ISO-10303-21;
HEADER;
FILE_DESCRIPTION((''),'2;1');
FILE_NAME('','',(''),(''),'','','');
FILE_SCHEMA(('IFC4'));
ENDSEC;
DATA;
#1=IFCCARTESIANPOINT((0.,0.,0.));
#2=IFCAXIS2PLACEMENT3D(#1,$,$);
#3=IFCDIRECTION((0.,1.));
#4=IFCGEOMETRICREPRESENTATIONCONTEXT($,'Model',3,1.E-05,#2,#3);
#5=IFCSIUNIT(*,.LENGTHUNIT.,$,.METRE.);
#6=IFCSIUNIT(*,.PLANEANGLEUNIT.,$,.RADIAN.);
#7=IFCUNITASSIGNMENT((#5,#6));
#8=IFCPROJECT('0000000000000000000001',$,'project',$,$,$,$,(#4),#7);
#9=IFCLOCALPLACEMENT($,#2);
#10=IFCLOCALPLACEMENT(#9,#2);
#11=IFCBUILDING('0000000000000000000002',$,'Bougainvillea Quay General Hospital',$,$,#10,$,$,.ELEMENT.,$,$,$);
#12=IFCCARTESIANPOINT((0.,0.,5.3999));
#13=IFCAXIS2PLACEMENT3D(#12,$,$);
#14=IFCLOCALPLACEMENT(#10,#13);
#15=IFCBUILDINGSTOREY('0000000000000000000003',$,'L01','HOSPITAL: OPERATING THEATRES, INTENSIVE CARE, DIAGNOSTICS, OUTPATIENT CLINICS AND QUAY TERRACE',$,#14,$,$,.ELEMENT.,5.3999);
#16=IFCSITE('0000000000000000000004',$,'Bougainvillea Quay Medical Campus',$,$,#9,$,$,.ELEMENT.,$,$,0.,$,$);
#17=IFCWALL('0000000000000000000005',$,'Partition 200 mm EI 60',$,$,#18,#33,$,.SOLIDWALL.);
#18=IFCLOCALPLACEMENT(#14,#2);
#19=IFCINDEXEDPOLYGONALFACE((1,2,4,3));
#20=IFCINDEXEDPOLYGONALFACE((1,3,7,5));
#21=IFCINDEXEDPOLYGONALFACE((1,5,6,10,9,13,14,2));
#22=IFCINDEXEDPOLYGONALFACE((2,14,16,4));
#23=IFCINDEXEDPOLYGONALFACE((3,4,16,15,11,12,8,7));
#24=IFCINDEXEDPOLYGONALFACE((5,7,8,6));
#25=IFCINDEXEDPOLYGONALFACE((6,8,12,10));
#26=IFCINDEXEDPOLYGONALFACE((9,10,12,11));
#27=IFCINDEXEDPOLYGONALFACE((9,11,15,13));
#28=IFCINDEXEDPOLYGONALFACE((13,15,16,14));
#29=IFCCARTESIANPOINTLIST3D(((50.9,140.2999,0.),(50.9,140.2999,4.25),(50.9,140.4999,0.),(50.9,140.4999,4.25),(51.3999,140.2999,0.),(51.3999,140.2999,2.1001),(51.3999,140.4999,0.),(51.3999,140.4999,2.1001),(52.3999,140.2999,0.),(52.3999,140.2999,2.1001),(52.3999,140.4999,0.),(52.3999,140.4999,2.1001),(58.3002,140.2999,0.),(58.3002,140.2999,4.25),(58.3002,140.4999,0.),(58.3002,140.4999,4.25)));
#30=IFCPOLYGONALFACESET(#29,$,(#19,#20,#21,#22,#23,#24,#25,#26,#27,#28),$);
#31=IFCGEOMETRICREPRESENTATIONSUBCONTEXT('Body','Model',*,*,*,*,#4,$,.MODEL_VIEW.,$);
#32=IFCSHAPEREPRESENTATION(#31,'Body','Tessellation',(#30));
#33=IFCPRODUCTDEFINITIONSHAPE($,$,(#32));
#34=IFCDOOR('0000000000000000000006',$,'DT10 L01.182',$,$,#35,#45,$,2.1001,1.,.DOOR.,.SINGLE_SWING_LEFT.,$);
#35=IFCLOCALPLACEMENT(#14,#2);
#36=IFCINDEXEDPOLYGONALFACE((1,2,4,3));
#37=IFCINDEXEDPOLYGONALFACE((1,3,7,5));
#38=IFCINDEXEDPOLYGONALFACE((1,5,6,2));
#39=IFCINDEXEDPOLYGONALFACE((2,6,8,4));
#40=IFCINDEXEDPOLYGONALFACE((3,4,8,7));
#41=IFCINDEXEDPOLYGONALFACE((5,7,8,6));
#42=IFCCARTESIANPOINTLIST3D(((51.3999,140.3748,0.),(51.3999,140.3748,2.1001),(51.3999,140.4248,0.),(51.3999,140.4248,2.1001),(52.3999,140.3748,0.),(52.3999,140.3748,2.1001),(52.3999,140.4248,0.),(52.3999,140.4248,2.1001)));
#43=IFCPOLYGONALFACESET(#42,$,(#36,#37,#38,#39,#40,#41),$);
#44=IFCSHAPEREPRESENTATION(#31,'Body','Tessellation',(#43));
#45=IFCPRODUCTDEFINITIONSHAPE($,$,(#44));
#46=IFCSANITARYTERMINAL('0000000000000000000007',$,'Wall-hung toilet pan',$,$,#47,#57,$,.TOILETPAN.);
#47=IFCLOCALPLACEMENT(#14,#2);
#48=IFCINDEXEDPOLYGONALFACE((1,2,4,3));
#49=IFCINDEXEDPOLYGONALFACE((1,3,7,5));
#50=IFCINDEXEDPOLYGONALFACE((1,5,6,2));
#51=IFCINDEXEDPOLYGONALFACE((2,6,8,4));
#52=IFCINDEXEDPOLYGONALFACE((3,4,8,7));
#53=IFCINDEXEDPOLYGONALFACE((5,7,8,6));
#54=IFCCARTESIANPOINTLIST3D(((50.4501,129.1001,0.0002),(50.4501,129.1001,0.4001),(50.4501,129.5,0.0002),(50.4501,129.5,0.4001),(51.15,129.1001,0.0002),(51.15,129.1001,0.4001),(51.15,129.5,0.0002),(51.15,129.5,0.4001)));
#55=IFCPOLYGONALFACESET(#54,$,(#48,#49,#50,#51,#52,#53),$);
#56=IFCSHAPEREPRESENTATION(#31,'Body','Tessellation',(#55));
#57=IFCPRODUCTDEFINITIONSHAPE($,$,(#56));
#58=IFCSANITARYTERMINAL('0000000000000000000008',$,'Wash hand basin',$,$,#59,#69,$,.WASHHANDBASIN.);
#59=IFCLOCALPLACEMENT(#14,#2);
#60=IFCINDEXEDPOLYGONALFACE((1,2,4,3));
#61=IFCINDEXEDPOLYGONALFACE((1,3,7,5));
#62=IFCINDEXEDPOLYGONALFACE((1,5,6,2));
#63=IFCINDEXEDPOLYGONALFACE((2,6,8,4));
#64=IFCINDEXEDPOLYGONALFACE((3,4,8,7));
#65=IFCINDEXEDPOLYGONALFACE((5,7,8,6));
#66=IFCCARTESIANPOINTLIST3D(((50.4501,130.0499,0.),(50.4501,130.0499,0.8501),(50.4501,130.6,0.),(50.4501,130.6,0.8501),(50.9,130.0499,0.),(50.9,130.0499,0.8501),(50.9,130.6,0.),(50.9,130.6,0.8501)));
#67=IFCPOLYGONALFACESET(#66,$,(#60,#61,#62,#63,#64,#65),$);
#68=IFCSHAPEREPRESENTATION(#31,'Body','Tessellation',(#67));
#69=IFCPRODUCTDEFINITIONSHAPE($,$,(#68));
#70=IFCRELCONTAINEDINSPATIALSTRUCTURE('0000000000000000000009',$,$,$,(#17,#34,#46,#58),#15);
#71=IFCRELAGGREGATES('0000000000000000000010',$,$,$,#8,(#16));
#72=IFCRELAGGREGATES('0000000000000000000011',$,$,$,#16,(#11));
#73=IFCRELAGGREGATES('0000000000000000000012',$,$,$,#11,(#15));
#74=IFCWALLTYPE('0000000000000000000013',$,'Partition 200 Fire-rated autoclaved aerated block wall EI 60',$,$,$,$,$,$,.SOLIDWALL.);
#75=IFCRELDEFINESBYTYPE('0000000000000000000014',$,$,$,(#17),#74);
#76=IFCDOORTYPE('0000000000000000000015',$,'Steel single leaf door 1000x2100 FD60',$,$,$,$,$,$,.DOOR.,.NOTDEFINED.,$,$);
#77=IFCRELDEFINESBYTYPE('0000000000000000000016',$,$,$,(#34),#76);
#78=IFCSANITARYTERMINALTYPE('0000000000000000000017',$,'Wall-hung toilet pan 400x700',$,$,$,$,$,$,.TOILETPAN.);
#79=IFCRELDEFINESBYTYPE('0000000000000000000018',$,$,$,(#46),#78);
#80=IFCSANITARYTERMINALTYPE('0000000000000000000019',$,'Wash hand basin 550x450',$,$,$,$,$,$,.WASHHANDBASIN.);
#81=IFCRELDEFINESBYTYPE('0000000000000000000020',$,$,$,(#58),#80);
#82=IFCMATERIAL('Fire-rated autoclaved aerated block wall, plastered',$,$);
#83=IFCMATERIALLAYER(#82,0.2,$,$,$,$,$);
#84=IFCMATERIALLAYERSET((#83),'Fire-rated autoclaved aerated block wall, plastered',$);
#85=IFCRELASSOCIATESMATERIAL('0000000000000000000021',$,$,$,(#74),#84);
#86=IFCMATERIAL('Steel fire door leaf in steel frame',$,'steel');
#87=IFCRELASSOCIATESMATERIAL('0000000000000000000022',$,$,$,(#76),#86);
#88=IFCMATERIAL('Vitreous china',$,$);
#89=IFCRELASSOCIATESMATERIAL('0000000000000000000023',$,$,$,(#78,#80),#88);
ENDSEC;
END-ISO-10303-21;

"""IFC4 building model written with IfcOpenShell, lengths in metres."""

from ifc_helpers import new_model, si_unit, direction, frame, frame_2d, origin, origin_2d, place, context, subcontext, project, spatial, rectangle, extrude, material, layer, layer_set, type_object, element, fill, save


model = new_model("IFC4")

# Units and contexts
model_context = context("Model", 3, precision=1e-05, world=origin(), true_north=direction((0.0, 1.0)))
body_context = subcontext(model_context, "Body", "Model", "MODEL_VIEW")
ifc_project = project(units=[si_unit("LENGTHUNIT", "METRE"), si_unit("PLANEANGLEUNIT", "RADIAN")], contexts=[model_context])

# Site, building, storey
site_placement = place(None, origin())
site = spatial("IfcSite", under=ifc_project, at=site_placement, Name="Bougainvillea Quay Medical Campus", CompositionType="ELEMENT", RefElevation=0.0)
building_placement = place(site_placement, origin())
building = spatial("IfcBuilding", under=site, at=building_placement, Name="Bougainvillea Quay General Hospital", CompositionType="ELEMENT")
storey_placement = place(building_placement, frame((0.0, 0.0, 5.3999)))
storey = spatial("IfcBuildingStorey", under=building, at=storey_placement, Name="L01", Description="HOSPITAL: OPERATING THEATRES, INTENSIVE CARE, DIAGNOSTICS, OUTPATIENT CLINICS AND QUAY TERRACE", CompositionType="ELEMENT", Elevation=5.3999)

# Shared definitions
ifc_material_1 = material(Name="Fire-rated autoclaved aerated block wall, plastered")
ifc_layer_1 = layer(ifc_material_1, 0.2)
ifc_layer_set_1 = layer_set([ifc_layer_1], Name="Fire-rated autoclaved aerated block wall, plastered")
wall_type_1 = type_object("IfcWallType", Name="Partition 200 Fire-rated autoclaved aerated block wall EI 60", PredefinedType="SOLIDWALL", material=ifc_layer_set_1)

# Wall, opening, door
wall_1_placement = place(storey_placement, frame((50.8999, 140.3999, 0.0), z_axis=(0.0, 0.0, 1.0), x_axis=(1.0, 0.0, 0.0)))
wall_1 = element("IfcWall", 1, at=wall_1_placement, inside=storey, type_object=wall_type_1, Name="Partition 200 mm EI 60", PredefinedType="SOLIDWALL", context=body_context, shape_type="SweptSolid", body=[
    extrude(rectangle(XDim=7.4001, YDim=0.2, at=frame_2d((3.7002, 0.0))), origin(), (0.0, 0.0, 1.0), 4.25),
])
opening_1_placement = place(wall_1_placement, frame((0.5, 0.0, 0.0)))
opening_1 = element("IfcOpeningElement", 2, at=opening_1_placement, cuts=wall_1, PredefinedType="OPENING", context=body_context, shape_type="SweptSolid", body=[
    extrude(rectangle(XDim=1.0, YDim=2.1001, at=frame_2d((0.5, 1.05))), frame((0.0, 0.1099, 0.0), z_axis=(0.0, -1.0, 0.0), x_axis=(1.0, 0.0, 0.0)), (0.0, 0.0, 1.0), 0.22),
])
ifc_material_2 = material(Name="Steel fire door leaf in steel frame", Category="steel")
door_type_1 = type_object("IfcDoorType", Name="Steel single leaf door 1000x2100 FD60", OperationType="NOTDEFINED", PredefinedType="DOOR", material=ifc_material_2)
door_1_placement = place(opening_1_placement, origin())
door_1 = element("IfcDoor", 3, at=door_1_placement, inside=storey, type_object=door_type_1, Name="DT10 L01.182", OperationType="SINGLE_SWING_LEFT", OverallHeight=2.1001, OverallWidth=1.0, PredefinedType="DOOR", context=body_context, shape_type="SweptSolid", body=[
    extrude(rectangle(XDim=1.0, YDim=2.1001, at=frame_2d((0.5, 1.05))), frame((0.0, 0.0249, 0.0), z_axis=(0.0, -1.0, 0.0), x_axis=(1.0, 0.0, 0.0)), (0.0, 0.0, 1.0), 0.05),
])
fill(opening_1, door_1)

# Sanitary terminals
ifc_material_3 = material(Name="Vitreous china")
sanitary_terminal_type_1 = type_object("IfcSanitaryTerminalType", Name="Wall-hung toilet pan 400x700", PredefinedType="TOILETPAN", material=ifc_material_3)
sanitary_terminal_1_placement = place(storey_placement, frame((50.8, 129.3, 0.0002), z_axis=(0.0, 0.0, 1.0), x_axis=(0.0, 1.0, 0.0)))
element("IfcSanitaryTerminal", 4, at=sanitary_terminal_1_placement, inside=storey, type_object=sanitary_terminal_type_1, Name="Wall-hung toilet pan", PredefinedType="TOILETPAN", context=body_context, shape_type="SweptSolid", body=[
    extrude(rectangle(XDim=0.3999, YDim=0.7, at=origin_2d()), origin(), (0.0, 0.0, 1.0), 0.3999),
])
sanitary_terminal_type_2 = type_object("IfcSanitaryTerminalType", Name="Wash hand basin 550x450", PredefinedType="WASHHANDBASIN", material=ifc_material_3)
sanitary_terminal_2_placement = place(storey_placement, frame((50.675, 130.325, 0.0), z_axis=(0.0, 0.0, 1.0), x_axis=(0.0, 1.0, 0.0)))
element("IfcSanitaryTerminal", 5, at=sanitary_terminal_2_placement, inside=storey, type_object=sanitary_terminal_type_2, Name="Wash hand basin", PredefinedType="WASHHANDBASIN", context=body_context, shape_type="SweptSolid", body=[
    extrude(rectangle(XDim=0.55, YDim=0.45, at=origin_2d()), origin(), (0.0, 0.0, 1.0), 0.8501),
])

save(model, "model.ifc")
